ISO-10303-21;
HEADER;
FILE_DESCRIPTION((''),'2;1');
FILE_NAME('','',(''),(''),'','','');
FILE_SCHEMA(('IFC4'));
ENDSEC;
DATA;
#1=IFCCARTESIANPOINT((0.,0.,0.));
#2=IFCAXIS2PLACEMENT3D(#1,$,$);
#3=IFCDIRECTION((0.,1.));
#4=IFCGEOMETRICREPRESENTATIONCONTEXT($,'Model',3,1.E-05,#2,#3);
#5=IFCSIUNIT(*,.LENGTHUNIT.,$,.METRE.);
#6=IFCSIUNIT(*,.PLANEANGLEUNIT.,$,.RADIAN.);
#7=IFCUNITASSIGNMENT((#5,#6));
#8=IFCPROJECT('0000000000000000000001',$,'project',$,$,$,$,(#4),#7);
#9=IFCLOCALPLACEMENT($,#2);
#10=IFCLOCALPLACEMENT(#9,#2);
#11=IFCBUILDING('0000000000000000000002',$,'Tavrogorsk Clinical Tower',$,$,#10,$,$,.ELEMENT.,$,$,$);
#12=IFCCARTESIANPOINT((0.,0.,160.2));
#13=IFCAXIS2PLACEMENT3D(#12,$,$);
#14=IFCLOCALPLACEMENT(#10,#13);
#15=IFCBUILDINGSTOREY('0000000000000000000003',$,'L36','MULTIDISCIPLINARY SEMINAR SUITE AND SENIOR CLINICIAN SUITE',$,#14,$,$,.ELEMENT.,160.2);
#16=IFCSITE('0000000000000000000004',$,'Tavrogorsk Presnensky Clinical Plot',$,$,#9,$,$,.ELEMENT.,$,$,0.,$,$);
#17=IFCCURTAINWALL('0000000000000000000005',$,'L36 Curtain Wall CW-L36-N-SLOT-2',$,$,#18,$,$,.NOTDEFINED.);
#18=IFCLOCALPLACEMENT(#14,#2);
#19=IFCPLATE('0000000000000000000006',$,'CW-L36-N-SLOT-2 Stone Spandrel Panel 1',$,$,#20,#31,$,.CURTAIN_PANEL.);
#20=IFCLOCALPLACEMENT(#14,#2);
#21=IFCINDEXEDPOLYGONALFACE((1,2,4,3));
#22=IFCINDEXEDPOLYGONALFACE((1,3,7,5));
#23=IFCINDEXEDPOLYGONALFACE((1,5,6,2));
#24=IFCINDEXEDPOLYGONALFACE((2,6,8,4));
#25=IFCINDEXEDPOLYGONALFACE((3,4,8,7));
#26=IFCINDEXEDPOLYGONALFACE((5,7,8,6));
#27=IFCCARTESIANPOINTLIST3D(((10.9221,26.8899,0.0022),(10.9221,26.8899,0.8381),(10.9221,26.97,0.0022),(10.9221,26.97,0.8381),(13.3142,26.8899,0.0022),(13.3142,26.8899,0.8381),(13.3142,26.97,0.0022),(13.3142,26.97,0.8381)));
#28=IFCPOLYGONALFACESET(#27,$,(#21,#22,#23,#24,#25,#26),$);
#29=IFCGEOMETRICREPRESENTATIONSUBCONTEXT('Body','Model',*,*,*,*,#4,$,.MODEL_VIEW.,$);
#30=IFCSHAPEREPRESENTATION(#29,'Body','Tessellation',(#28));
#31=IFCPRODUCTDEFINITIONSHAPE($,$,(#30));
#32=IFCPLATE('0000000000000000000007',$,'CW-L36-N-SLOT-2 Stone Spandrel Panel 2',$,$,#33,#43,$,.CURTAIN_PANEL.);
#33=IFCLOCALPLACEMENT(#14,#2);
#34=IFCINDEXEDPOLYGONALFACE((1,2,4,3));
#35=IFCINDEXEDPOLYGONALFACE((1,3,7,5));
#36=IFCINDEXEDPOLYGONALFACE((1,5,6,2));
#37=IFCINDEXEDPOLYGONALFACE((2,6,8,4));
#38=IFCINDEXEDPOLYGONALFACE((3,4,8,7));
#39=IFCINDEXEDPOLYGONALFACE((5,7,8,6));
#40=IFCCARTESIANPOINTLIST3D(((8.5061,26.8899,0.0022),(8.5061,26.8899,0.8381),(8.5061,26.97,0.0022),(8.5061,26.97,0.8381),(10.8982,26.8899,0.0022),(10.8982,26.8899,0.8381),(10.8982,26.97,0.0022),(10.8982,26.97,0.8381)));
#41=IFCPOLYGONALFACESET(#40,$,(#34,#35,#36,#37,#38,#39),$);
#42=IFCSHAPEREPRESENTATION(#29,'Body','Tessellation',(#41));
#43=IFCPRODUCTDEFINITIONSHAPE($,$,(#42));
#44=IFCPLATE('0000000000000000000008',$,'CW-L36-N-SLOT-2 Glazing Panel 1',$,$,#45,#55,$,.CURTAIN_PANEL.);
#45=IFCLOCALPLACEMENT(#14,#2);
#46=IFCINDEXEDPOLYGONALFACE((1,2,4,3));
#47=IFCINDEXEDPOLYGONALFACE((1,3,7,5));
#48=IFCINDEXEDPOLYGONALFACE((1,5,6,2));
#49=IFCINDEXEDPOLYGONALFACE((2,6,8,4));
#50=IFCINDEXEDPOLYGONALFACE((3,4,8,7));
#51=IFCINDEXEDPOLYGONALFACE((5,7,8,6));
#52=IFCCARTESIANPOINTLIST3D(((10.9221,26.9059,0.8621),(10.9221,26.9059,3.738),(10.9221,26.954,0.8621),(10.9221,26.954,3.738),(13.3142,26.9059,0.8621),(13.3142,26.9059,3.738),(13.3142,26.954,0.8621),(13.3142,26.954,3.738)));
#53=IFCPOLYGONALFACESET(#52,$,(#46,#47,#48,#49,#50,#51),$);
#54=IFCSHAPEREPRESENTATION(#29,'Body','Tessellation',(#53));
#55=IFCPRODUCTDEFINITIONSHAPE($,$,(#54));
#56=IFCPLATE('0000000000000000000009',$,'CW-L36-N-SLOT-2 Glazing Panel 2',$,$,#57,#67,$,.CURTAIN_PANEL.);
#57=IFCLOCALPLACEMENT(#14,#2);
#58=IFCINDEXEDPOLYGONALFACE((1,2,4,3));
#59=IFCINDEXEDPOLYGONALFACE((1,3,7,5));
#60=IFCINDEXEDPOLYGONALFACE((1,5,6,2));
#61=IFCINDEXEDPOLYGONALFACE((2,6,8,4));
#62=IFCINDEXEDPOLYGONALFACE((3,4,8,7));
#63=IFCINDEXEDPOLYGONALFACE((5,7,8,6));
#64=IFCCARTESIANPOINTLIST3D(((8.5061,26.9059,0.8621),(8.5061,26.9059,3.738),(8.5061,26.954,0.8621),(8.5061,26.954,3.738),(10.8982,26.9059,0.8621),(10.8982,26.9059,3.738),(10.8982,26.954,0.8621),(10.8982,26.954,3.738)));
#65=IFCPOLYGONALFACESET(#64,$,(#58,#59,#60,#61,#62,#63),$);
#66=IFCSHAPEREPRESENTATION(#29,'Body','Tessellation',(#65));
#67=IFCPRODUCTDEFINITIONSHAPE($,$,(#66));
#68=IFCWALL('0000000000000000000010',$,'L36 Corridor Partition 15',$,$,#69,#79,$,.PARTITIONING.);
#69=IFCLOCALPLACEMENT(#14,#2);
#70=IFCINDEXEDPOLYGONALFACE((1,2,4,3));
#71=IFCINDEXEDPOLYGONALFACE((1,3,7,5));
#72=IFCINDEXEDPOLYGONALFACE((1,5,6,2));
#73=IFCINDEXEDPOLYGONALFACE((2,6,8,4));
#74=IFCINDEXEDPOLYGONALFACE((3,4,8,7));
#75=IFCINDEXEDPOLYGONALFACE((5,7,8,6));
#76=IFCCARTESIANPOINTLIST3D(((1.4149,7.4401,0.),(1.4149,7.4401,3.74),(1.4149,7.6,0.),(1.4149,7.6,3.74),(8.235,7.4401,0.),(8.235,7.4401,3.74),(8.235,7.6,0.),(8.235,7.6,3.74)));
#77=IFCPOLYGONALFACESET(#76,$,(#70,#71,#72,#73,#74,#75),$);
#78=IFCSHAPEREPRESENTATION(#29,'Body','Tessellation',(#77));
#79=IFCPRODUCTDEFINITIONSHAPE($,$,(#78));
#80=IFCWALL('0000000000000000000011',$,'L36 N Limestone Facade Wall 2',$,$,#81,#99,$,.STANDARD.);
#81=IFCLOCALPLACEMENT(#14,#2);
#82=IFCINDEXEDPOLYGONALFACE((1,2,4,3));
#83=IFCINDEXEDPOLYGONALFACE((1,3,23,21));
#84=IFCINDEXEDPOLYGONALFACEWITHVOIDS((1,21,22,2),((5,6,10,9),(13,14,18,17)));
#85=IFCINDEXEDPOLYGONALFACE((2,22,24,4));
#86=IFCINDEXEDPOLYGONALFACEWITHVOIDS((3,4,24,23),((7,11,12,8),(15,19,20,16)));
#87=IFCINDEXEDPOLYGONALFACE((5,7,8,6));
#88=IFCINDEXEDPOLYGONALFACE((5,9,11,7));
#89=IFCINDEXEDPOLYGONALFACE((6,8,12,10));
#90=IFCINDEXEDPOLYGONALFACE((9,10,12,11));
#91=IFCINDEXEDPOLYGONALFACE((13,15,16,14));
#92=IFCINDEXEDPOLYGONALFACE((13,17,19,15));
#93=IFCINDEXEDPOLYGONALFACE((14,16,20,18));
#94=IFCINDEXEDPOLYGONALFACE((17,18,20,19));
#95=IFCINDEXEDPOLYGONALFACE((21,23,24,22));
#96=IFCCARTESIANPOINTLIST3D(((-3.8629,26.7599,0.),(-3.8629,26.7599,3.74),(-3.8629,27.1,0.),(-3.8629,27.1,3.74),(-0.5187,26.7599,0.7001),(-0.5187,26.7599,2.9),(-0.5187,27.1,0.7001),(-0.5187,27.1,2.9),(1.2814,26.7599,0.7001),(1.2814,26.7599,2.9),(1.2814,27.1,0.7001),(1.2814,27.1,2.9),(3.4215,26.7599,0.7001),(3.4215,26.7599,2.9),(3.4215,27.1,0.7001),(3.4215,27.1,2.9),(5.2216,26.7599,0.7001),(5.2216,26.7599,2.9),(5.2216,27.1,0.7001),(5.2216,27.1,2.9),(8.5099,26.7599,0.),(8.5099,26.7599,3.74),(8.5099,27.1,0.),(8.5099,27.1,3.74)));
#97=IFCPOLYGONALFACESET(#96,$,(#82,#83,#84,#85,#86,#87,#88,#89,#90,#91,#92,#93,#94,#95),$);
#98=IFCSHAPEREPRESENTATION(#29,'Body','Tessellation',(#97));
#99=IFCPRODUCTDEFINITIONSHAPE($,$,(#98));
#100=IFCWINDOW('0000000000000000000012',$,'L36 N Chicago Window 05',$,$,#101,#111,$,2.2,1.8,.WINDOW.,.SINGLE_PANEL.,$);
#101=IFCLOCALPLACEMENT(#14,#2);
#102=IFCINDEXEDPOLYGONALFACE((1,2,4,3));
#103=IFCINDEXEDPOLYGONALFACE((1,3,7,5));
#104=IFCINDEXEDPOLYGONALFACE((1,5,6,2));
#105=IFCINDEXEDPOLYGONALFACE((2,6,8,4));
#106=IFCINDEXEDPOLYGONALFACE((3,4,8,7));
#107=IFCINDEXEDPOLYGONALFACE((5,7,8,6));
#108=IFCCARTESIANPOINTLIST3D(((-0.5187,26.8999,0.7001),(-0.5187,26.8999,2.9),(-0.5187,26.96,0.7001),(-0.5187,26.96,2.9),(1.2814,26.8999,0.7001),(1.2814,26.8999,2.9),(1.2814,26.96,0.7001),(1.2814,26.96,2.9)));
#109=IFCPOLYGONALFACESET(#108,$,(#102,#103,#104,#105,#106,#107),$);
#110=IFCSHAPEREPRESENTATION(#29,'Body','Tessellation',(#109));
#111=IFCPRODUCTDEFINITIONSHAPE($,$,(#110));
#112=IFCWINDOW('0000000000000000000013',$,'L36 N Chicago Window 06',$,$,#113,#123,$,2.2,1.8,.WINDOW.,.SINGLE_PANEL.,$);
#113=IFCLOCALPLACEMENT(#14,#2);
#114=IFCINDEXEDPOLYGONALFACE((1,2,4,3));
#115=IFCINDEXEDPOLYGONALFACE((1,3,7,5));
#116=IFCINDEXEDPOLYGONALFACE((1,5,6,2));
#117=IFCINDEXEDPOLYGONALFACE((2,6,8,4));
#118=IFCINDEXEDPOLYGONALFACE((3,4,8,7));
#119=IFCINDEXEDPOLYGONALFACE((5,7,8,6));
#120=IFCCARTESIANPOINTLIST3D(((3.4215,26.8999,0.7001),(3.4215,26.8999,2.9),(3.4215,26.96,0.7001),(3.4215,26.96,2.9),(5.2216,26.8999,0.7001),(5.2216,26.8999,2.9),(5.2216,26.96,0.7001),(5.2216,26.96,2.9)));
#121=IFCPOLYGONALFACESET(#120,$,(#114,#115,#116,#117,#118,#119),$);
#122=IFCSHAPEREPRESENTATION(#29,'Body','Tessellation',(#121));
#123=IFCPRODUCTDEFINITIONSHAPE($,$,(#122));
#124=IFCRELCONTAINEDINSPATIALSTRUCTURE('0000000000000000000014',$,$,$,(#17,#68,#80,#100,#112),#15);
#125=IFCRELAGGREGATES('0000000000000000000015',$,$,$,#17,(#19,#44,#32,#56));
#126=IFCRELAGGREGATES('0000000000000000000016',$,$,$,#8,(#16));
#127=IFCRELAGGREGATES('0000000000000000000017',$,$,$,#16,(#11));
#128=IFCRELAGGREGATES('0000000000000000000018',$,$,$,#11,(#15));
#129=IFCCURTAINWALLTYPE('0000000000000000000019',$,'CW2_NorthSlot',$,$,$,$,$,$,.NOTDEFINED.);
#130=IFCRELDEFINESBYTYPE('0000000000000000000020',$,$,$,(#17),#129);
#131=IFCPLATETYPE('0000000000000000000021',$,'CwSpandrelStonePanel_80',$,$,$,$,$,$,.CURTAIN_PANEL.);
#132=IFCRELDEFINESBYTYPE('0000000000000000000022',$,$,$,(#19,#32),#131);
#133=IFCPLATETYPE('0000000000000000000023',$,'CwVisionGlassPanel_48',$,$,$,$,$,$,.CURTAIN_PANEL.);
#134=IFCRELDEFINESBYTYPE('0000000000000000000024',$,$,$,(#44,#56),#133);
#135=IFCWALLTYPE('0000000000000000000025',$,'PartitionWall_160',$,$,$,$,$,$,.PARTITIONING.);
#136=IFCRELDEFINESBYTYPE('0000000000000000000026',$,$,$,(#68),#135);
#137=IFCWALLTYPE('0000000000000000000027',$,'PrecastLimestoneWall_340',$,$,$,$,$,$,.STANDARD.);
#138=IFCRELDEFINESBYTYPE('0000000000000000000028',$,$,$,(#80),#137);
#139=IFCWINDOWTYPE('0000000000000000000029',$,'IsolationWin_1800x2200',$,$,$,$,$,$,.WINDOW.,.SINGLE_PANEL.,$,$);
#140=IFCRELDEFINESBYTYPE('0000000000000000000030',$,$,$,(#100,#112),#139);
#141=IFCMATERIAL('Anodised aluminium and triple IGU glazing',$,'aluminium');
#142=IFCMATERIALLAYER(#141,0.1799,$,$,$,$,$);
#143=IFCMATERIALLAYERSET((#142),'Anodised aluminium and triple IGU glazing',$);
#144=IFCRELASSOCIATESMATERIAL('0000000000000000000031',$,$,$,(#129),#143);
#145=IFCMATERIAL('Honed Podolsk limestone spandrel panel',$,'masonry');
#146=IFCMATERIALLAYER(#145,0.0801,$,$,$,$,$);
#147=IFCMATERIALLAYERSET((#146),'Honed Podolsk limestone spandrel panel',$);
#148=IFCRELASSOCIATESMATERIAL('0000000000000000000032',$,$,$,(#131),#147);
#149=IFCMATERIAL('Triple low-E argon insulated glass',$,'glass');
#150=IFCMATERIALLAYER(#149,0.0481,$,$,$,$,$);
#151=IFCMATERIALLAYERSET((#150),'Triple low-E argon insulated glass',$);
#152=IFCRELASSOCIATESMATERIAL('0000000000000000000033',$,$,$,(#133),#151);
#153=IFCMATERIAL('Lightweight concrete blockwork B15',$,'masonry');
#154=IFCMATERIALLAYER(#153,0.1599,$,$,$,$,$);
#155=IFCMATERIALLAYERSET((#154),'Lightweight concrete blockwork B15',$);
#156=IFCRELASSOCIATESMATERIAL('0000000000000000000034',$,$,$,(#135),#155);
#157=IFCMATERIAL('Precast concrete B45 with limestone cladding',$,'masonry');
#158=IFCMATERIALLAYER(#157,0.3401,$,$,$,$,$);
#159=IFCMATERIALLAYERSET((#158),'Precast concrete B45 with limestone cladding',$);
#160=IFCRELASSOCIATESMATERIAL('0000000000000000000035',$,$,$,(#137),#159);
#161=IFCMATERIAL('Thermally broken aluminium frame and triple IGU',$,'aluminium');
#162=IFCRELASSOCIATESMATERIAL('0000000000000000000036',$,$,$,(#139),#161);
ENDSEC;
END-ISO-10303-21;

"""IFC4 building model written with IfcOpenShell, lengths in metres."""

from ifc_helpers import new_model, si_unit, direction, frame, frame_2d, origin, origin_2d, place, context, subcontext, project, spatial, rectangle, extrude, material, layer, layer_set, type_object, element, fill, aggregate, save


model = new_model("IFC4")

# Units and contexts
model_context = context("Model", 3, precision=1e-05, world=origin(), true_north=direction((0.0, 1.0)))
body_context = subcontext(model_context, "Body", "Model", "MODEL_VIEW")
ifc_project = project(units=[si_unit("LENGTHUNIT", "METRE"), si_unit("PLANEANGLEUNIT", "RADIAN")], contexts=[model_context])

# Site, building, storey
site_placement = place(None, origin())
site = spatial("IfcSite", under=ifc_project, at=site_placement, Name="Tavrogorsk Presnensky Clinical Plot", CompositionType="ELEMENT", RefElevation=0.0)
building_placement = place(site_placement, origin())
building = spatial("IfcBuilding", under=site, at=building_placement, Name="Tavrogorsk Clinical Tower", CompositionType="ELEMENT")
storey_placement = place(building_placement, frame((0.0, 0.0, 160.2)))
storey = spatial("IfcBuildingStorey", under=building, at=storey_placement, Name="L36", Description="MULTIDISCIPLINARY SEMINAR SUITE AND SENIOR CLINICIAN SUITE", CompositionType="ELEMENT", Elevation=160.2)

# Curtain wall
ifc_material_1 = material(Name="Anodised aluminium and triple IGU glazing", Category="aluminium")
ifc_layer_1 = layer(ifc_material_1, 0.1799)
ifc_layer_set_1 = layer_set([ifc_layer_1], Name="Anodised aluminium and triple IGU glazing")
curtain_wall_type = type_object("IfcCurtainWallType", Name="CW2_NorthSlot", PredefinedType="NOTDEFINED", material=ifc_layer_set_1)
curtain_wall_placement = place(storey_placement, origin())
curtain_wall = element("IfcCurtainWall", 1, at=curtain_wall_placement, inside=storey, type_object=curtain_wall_type, Name="L36 Curtain Wall CW-L36-N-SLOT-2", PredefinedType="NOTDEFINED")

# Plates
ifc_material_2 = material(Name="Honed Podolsk limestone spandrel panel", Category="masonry")
ifc_layer_2 = layer(ifc_material_2, 0.0801)
ifc_layer_set_2 = layer_set([ifc_layer_2], Name="Honed Podolsk limestone spandrel panel")
plate_type_1 = type_object("IfcPlateType", Name="CwSpandrelStonePanel_80", PredefinedType="CURTAIN_PANEL", material=ifc_layer_set_2)
plate_1_placement = place(storey_placement, frame((12.1182, 26.9299, 0.0022), z_axis=(0.0, 0.0, 1.0), x_axis=(-1.0, 0.0, 0.0)))
plate_1 = element("IfcPlate", 2, at=plate_1_placement, type_object=plate_type_1, Name="CW-L36-N-SLOT-2 Stone Spandrel Panel 1", PredefinedType="CURTAIN_PANEL", context=body_context, shape_type="SweptSolid", body=[
    extrude(rectangle(XDim=2.3921, YDim=0.0801, at=origin_2d()), origin(), (0.0, 0.0, 1.0), 0.8359),
])
plate_2_placement = place(storey_placement, frame((9.7021, 26.9299, 0.0022), z_axis=(0.0, 0.0, 1.0), x_axis=(-1.0, 0.0, 0.0)))
plate_2 = element("IfcPlate", 3, at=plate_2_placement, type_object=plate_type_1, Name="CW-L36-N-SLOT-2 Stone Spandrel Panel 2", PredefinedType="CURTAIN_PANEL", context=body_context, shape_type="SweptSolid", body=[
    extrude(rectangle(XDim=2.3921, YDim=0.0801, at=origin_2d()), origin(), (0.0, 0.0, 1.0), 0.8359),
])
ifc_material_3 = material(Name="Triple low-E argon insulated glass", Category="glass")
ifc_layer_3 = layer(ifc_material_3, 0.0481)
ifc_layer_set_3 = layer_set([ifc_layer_3], Name="Triple low-E argon insulated glass")
plate_type_2 = type_object("IfcPlateType", Name="CwVisionGlassPanel_48", PredefinedType="CURTAIN_PANEL", material=ifc_layer_set_3)
plate_3_placement = place(storey_placement, frame((12.1182, 26.9299, 0.8621), z_axis=(0.0, 0.0, 1.0), x_axis=(-1.0, 0.0, 0.0)))
plate_3 = element("IfcPlate", 4, at=plate_3_placement, type_object=plate_type_2, Name="CW-L36-N-SLOT-2 Glazing Panel 1", PredefinedType="CURTAIN_PANEL", context=body_context, shape_type="SweptSolid", body=[
    extrude(rectangle(XDim=2.3921, YDim=0.0481, at=origin_2d()), origin(), (0.0, 0.0, 1.0), 2.876),
])
plate_4_placement = place(storey_placement, frame((9.7021, 26.9299, 0.8621), z_axis=(0.0, 0.0, 1.0), x_axis=(-1.0, 0.0, 0.0)))
plate_4 = element("IfcPlate", 5, at=plate_4_placement, type_object=plate_type_2, Name="CW-L36-N-SLOT-2 Glazing Panel 2", PredefinedType="CURTAIN_PANEL", context=body_context, shape_type="SweptSolid", body=[
    extrude(rectangle(XDim=2.3921, YDim=0.0481, at=origin_2d()), origin(), (0.0, 0.0, 1.0), 2.876),
])
aggregate(curtain_wall, [plate_1, plate_3, plate_2, plate_4])

# Wall
ifc_material_4 = material(Name="Lightweight concrete blockwork B15", Category="masonry")
ifc_layer_4 = layer(ifc_material_4, 0.1599)
ifc_layer_set_4 = layer_set([ifc_layer_4], Name="Lightweight concrete blockwork B15")
wall_type_1 = type_object("IfcWallType", Name="PartitionWall_160", PredefinedType="PARTITIONING", material=ifc_layer_set_4)
wall_1_placement = place(storey_placement, frame((8.2351, 7.52, 0.0), z_axis=(0.0, 0.0, 1.0), x_axis=(-1.0, 0.0, 0.0)))
element("IfcWall", 6, at=wall_1_placement, inside=storey, type_object=wall_type_1, Name="L36 Corridor Partition 15", PredefinedType="PARTITIONING", context=body_context, shape_type="SweptSolid", body=[
    extrude(rectangle(XDim=6.8201, YDim=0.1599, at=frame_2d((3.4102, 0.0))), origin(), (0.0, 0.0, 1.0), 3.74),
])

# Wall, openings, windows
ifc_material_5 = material(Name="Precast concrete B45 with limestone cladding", Category="masonry")
ifc_layer_5 = layer(ifc_material_5, 0.3401)
ifc_layer_set_5 = layer_set([ifc_layer_5], Name="Precast concrete B45 with limestone cladding")
wall_type_2 = type_object("IfcWallType", Name="PrecastLimestoneWall_340", PredefinedType="STANDARD", material=ifc_layer_set_5)
wall_2_placement = place(storey_placement, frame((8.51, 26.9299, 0.0), z_axis=(0.0, 0.0, 1.0), x_axis=(-1.0, 0.0, 0.0)))
wall_2 = element("IfcWall", 7, at=wall_2_placement, inside=storey, type_object=wall_type_2, Name="L36 N Limestone Facade Wall 2", PredefinedType="STANDARD", context=body_context, shape_type="SweptSolid", body=[
    extrude(rectangle(XDim=12.3728, YDim=0.3401, at=frame_2d((6.1865, 0.0))), origin(), (0.0, 0.0, 1.0), 3.74),
])
opening_1_placement = place(wall_2_placement, frame((7.2288, 0.0, 0.7)))
opening_1 = element("IfcOpeningElement", 8, at=opening_1_placement, cuts=wall_2, PredefinedType="OPENING", context=body_context, shape_type="SweptSolid", body=[
    extrude(rectangle(XDim=1.8, YDim=2.2, at=frame_2d((0.8999, 1.1001))), frame((0.0, 0.1799, 0.0), z_axis=(0.0, -1.0, 0.0), x_axis=(1.0, 0.0, 0.0)), (0.0, 0.0, 1.0), 0.3601),
])
opening_2_placement = place(wall_2_placement, frame((3.2886, 0.0, 0.7)))
opening_2 = element("IfcOpeningElement", 9, at=opening_2_placement, cuts=wall_2, PredefinedType="OPENING", context=body_context, shape_type="SweptSolid", body=[
    extrude(rectangle(XDim=1.8, YDim=2.2, at=frame_2d((0.8999, 1.1001))), frame((0.0, 0.1799, 0.0), z_axis=(0.0, -1.0, 0.0), x_axis=(1.0, 0.0, 0.0)), (0.0, 0.0, 1.0), 0.3601),
])
ifc_material_6 = material(Name="Thermally broken aluminium frame and triple IGU", Category="aluminium")
window_type = type_object("IfcWindowType", Name="IsolationWin_1800x2200", PartitioningType="SINGLE_PANEL", PredefinedType="WINDOW", material=ifc_material_6)
window_1_placement = place(opening_1_placement, origin())
window_1 = element("IfcWindow", 10, at=window_1_placement, inside=storey, type_object=window_type, Name="L36 N Chicago Window 05", OverallHeight=2.2, OverallWidth=1.8, PartitioningType="SINGLE_PANEL", PredefinedType="WINDOW", context=body_context, shape_type="SweptSolid", body=[
    extrude(rectangle(XDim=1.8, YDim=2.2, at=frame_2d((0.8999, 1.1001))), frame((0.0, 0.03, 0.0), z_axis=(0.0, -1.0, 0.0), x_axis=(1.0, 0.0, 0.0)), (0.0, 0.0, 1.0), 0.0601),
])
fill(opening_1, window_1)
window_2_placement = place(opening_2_placement, origin())
window_2 = element("IfcWindow", 11, at=window_2_placement, inside=storey, type_object=window_type, Name="L36 N Chicago Window 06", OverallHeight=2.2, OverallWidth=1.8, PartitioningType="SINGLE_PANEL", PredefinedType="WINDOW", context=body_context, shape_type="SweptSolid", body=[
    extrude(rectangle(XDim=1.8, YDim=2.2, at=frame_2d((0.8999, 1.1001))), frame((0.0, 0.03, 0.0), z_axis=(0.0, -1.0, 0.0), x_axis=(1.0, 0.0, 0.0)), (0.0, 0.0, 1.0), 0.0601),
])
fill(opening_2, window_2)

save(model, "model.ifc")
